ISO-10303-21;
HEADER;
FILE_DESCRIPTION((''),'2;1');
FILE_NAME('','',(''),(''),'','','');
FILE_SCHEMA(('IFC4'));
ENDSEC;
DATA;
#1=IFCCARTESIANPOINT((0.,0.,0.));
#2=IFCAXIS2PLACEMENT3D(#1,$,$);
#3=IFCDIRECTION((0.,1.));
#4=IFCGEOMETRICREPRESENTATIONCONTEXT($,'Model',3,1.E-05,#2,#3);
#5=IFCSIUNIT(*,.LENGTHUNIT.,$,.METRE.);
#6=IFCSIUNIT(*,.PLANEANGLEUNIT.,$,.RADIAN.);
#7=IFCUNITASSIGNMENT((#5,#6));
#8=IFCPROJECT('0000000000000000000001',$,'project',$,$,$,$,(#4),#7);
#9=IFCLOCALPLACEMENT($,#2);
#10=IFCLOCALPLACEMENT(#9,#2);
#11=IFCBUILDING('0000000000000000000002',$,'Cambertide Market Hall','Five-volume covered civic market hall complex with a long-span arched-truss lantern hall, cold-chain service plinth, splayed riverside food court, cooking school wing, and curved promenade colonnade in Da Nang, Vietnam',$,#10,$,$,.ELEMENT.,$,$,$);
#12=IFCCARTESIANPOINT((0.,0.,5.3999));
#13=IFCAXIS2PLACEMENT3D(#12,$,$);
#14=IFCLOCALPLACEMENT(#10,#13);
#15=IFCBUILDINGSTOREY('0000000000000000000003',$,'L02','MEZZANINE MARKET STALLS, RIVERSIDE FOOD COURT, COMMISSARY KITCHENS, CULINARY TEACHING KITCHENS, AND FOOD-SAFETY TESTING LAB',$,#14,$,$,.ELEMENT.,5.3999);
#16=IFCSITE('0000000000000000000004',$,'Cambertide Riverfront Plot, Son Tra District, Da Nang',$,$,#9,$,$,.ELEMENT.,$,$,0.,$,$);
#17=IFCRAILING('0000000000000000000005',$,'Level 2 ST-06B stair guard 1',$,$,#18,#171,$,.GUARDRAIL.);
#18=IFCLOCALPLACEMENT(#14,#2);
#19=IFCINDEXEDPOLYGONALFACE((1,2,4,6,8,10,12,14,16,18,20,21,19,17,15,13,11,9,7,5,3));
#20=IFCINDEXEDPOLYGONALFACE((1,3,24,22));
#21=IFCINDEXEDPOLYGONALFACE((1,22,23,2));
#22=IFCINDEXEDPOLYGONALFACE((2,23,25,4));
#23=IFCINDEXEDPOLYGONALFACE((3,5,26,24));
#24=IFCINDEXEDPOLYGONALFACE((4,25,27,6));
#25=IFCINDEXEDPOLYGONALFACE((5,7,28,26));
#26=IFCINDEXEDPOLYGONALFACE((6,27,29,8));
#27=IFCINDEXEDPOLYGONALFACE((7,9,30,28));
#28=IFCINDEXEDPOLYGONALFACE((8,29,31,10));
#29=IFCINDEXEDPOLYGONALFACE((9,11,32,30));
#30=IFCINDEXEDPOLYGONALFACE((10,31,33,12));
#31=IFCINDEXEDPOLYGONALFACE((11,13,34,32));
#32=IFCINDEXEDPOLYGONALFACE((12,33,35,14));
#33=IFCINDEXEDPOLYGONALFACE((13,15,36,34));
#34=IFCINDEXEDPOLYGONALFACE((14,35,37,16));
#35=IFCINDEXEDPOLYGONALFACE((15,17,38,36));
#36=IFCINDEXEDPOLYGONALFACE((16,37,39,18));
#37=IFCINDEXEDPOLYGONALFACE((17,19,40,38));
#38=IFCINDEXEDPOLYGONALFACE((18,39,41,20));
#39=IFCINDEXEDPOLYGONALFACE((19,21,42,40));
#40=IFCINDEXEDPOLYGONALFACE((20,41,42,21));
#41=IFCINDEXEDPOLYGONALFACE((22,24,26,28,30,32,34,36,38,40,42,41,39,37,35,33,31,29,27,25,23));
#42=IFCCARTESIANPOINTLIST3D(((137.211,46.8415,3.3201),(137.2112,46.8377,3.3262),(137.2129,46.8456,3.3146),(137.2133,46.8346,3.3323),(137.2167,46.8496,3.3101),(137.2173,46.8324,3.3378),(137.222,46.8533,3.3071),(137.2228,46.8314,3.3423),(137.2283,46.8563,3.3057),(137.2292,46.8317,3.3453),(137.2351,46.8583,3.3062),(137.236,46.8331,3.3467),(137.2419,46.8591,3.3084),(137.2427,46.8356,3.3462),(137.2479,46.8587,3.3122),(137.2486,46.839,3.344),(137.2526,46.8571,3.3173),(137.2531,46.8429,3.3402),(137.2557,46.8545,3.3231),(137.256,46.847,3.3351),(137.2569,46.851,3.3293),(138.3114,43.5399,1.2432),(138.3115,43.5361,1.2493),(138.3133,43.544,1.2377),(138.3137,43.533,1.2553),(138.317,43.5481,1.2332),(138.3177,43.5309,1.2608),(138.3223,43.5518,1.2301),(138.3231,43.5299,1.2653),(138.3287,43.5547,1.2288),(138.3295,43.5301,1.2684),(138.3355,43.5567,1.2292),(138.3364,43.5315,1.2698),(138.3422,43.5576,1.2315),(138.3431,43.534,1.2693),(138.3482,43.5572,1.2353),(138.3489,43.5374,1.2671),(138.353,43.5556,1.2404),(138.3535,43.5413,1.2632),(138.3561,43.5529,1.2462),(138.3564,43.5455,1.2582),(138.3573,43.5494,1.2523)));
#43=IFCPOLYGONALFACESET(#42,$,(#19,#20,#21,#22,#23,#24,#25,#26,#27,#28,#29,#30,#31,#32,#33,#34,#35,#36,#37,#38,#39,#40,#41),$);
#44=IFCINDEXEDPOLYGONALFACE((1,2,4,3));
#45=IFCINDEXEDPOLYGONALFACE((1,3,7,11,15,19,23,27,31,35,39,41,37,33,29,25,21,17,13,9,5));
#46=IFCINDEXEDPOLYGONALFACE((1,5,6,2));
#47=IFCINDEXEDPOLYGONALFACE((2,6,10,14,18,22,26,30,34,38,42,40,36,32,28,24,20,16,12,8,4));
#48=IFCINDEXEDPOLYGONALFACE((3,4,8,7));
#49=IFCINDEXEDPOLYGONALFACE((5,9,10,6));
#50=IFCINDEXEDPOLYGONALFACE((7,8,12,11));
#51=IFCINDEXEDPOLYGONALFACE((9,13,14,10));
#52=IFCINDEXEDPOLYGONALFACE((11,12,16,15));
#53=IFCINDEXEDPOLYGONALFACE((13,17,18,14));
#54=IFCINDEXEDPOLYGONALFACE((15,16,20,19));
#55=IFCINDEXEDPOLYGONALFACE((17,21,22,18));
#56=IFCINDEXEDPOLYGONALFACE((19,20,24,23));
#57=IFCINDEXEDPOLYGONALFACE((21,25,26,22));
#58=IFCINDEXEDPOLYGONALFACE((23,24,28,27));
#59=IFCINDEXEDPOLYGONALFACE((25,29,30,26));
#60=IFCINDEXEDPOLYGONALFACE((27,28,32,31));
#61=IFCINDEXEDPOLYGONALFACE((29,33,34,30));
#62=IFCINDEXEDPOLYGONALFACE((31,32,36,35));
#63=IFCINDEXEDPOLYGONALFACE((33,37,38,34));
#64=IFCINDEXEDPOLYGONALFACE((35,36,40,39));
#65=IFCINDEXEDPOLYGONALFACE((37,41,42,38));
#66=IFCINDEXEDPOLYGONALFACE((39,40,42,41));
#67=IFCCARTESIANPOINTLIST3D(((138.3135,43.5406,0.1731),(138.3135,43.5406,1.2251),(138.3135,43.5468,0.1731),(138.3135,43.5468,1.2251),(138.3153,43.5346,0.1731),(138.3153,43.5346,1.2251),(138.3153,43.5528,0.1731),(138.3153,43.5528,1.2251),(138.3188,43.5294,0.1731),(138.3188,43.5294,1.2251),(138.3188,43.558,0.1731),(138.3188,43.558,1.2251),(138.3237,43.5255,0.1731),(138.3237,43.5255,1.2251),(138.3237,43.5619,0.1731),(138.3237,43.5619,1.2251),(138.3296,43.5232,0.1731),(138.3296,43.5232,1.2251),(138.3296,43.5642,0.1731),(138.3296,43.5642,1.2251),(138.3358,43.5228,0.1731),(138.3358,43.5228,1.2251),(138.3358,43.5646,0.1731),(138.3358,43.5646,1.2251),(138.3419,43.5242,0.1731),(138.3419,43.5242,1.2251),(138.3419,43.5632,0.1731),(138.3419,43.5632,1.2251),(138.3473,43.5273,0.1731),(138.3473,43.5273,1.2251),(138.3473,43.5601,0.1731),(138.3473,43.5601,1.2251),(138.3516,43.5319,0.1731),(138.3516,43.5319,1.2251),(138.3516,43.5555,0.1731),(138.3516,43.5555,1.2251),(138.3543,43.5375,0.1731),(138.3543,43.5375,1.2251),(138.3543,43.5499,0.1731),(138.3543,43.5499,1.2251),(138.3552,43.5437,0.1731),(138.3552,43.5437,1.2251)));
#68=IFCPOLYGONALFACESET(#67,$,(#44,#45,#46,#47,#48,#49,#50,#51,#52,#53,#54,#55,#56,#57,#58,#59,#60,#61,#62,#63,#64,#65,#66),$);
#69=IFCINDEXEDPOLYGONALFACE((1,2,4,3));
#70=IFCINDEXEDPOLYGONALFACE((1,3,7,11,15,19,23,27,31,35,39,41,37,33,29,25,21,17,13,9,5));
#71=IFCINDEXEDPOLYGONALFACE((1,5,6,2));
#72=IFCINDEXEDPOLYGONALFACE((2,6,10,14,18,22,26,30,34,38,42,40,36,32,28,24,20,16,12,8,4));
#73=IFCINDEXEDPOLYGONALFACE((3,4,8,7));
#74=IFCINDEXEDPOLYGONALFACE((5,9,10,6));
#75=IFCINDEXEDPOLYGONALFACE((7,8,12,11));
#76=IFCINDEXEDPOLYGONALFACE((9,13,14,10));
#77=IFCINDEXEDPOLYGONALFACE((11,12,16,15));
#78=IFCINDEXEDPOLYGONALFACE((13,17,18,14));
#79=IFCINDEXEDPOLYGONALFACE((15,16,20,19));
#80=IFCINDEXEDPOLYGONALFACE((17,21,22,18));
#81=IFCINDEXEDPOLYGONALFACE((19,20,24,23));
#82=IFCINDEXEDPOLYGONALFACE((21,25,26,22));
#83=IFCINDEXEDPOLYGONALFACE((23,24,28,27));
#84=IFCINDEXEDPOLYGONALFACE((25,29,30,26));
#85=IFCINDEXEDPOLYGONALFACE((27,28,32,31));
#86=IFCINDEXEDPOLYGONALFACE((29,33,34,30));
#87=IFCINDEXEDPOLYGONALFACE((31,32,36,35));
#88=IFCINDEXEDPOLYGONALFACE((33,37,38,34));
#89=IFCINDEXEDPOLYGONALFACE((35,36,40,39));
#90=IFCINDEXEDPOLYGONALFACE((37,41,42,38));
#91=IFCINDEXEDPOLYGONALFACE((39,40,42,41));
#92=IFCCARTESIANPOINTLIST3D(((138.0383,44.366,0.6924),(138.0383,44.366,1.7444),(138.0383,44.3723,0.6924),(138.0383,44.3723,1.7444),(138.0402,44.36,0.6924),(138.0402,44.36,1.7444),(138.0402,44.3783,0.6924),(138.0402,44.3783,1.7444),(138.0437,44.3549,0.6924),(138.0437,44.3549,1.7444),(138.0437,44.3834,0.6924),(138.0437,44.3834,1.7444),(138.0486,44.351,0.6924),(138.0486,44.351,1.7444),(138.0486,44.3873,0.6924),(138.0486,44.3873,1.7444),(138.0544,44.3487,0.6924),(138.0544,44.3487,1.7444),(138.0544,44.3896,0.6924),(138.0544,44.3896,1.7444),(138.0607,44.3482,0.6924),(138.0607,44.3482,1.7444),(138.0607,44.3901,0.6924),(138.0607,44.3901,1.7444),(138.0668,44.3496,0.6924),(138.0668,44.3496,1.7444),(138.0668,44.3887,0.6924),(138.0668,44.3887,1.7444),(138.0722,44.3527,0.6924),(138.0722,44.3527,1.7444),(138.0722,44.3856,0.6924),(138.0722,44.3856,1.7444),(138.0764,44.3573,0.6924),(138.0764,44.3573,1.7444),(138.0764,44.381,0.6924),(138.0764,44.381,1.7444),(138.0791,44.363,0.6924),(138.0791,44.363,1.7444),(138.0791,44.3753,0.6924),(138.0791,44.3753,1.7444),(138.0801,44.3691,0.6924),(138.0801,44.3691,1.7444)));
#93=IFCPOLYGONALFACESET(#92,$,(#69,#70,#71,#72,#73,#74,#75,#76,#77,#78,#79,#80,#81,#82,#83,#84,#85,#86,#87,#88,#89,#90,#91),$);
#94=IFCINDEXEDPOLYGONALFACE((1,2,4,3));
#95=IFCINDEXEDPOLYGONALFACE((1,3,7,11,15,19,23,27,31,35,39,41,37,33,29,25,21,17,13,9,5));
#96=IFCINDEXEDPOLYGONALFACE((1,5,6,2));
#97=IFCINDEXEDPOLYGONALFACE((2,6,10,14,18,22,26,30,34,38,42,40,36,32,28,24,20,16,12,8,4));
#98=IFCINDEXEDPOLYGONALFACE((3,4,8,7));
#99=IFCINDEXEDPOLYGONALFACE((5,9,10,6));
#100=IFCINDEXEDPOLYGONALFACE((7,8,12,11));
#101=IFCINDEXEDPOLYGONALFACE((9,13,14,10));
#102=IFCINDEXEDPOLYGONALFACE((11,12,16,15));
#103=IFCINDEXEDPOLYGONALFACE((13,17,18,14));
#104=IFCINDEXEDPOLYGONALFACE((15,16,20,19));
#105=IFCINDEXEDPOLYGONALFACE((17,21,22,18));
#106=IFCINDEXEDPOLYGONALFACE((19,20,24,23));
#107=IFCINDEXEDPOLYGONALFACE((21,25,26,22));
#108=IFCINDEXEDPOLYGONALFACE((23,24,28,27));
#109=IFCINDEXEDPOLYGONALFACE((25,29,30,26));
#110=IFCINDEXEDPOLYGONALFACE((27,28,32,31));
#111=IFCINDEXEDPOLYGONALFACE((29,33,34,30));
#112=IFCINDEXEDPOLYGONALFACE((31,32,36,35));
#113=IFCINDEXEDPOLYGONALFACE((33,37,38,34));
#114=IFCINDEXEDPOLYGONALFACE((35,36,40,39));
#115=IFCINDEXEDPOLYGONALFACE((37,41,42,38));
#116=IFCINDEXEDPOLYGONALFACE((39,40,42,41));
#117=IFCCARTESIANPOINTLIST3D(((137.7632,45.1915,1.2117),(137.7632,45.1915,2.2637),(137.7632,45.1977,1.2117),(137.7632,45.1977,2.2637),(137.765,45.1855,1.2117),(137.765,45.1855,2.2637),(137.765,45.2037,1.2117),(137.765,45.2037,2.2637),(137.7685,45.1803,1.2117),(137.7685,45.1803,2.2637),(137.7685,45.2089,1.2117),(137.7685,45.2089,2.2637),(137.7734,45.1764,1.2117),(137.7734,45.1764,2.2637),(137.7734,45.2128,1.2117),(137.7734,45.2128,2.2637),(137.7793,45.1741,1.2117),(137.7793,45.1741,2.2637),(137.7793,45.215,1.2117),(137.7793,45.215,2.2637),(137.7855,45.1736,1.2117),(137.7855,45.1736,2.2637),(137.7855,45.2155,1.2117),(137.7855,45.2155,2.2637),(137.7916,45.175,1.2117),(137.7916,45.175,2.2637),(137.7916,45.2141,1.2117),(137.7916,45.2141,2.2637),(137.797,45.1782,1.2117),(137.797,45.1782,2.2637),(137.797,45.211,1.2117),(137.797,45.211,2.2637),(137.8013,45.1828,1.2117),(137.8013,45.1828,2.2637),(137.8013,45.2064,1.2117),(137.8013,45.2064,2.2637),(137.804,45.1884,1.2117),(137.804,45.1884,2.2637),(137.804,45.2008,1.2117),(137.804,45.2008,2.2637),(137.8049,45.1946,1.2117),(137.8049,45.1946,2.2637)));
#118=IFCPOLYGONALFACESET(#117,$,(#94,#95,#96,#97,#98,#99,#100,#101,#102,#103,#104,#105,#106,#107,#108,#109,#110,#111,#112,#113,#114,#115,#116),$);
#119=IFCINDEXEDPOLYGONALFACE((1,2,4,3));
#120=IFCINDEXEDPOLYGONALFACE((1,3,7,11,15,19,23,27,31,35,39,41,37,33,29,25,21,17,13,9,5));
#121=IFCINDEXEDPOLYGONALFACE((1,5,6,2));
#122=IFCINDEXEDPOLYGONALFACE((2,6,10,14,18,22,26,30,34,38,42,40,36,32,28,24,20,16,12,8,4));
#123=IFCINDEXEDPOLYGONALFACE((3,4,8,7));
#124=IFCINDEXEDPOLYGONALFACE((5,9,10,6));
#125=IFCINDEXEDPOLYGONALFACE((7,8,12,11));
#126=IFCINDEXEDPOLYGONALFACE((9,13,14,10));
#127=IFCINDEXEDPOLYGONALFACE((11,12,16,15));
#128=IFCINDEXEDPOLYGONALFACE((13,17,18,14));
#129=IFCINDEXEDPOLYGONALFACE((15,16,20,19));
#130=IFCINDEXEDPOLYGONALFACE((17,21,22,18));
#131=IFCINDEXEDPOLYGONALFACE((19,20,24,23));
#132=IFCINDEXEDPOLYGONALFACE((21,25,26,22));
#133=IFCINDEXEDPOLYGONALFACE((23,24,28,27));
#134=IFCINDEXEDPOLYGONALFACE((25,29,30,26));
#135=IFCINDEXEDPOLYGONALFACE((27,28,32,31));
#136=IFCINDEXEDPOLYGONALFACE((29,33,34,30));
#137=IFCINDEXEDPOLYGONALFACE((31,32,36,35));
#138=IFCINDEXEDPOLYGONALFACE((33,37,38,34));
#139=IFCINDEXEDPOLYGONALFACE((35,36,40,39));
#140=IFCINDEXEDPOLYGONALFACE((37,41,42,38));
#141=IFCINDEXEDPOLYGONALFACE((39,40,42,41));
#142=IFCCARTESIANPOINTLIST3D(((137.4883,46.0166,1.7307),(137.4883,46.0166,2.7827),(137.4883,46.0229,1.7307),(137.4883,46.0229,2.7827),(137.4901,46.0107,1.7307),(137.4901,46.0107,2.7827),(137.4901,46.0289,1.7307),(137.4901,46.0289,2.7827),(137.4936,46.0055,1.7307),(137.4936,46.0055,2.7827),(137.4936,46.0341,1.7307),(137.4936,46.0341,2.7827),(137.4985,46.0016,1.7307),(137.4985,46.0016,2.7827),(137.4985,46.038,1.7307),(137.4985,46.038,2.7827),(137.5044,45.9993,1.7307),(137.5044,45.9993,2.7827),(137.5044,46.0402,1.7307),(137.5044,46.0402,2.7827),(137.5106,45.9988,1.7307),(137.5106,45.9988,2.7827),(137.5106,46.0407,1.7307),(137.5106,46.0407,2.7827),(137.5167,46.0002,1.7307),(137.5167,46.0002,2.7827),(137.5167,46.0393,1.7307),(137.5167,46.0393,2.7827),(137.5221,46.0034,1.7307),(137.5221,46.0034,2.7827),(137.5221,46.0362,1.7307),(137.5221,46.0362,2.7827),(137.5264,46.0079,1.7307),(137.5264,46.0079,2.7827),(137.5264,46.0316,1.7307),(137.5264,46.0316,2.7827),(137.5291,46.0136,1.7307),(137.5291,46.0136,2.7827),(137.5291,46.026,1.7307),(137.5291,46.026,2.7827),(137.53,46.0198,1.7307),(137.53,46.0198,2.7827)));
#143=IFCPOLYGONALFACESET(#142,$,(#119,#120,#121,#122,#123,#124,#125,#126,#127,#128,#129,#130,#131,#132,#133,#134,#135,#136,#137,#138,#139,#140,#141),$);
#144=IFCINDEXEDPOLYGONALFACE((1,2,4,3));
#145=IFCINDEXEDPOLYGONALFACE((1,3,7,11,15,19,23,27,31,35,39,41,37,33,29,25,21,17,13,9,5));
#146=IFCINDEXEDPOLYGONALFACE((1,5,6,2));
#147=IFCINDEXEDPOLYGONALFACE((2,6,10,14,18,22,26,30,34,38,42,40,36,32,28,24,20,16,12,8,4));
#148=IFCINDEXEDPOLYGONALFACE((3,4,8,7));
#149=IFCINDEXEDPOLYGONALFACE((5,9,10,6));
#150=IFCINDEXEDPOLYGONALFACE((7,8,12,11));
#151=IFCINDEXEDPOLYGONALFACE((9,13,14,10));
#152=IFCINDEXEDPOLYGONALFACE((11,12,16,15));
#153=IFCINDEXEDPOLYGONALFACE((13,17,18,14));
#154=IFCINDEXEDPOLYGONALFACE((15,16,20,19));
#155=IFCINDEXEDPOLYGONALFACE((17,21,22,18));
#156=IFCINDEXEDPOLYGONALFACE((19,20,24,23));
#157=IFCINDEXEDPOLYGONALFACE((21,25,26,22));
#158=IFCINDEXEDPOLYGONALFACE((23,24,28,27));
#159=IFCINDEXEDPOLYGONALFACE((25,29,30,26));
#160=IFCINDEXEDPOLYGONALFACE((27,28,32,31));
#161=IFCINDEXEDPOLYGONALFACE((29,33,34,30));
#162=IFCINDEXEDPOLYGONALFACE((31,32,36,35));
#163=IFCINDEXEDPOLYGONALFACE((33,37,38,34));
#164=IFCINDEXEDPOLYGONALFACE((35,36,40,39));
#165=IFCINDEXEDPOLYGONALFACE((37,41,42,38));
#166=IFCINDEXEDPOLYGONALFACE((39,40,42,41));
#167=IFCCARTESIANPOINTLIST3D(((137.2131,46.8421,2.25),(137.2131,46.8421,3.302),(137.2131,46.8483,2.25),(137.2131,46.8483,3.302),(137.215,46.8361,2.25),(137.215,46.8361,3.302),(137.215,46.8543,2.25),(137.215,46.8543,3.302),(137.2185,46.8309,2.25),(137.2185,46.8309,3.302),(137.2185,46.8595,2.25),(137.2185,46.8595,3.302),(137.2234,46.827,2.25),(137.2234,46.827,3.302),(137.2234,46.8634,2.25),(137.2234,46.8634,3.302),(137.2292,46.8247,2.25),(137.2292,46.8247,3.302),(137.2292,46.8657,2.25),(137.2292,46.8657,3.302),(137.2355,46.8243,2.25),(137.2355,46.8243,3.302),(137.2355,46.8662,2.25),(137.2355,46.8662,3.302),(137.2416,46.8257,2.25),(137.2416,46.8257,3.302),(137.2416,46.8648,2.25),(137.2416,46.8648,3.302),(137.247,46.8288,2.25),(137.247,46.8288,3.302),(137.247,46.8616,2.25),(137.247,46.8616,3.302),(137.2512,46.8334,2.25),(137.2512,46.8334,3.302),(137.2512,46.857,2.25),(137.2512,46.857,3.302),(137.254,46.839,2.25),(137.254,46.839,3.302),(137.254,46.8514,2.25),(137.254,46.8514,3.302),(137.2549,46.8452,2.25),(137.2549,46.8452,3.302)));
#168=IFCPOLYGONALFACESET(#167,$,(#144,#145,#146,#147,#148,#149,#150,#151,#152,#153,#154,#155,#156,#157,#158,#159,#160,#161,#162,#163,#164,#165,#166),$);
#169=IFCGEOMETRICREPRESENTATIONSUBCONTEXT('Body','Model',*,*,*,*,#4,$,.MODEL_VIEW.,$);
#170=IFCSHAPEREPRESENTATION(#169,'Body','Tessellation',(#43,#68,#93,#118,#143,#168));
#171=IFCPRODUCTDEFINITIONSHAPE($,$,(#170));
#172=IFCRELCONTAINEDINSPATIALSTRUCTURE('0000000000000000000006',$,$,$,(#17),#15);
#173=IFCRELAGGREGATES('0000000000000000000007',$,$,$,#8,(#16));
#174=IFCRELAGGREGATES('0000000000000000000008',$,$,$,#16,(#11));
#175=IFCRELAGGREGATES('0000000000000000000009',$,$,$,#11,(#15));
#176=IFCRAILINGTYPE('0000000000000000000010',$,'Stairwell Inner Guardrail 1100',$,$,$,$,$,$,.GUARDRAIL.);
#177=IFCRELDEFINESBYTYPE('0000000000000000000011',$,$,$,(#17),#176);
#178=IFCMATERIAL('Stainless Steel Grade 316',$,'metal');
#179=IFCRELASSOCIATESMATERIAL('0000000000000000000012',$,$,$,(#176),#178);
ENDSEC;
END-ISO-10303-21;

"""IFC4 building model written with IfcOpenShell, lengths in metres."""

from ifc_helpers import new_model, si_unit, direction, frame, origin, origin_2d, place, context, subcontext, project, spatial, circle, extrude, material, type_object, element, save


model = new_model("IFC4")

# Units and contexts
model_context = context("Model", 3, precision=1e-05, world=origin(), true_north=direction((0.0, 1.0)))
body_context = subcontext(model_context, "Body", "Model", "MODEL_VIEW")
ifc_project = project(units=[si_unit("LENGTHUNIT", "METRE"), si_unit("PLANEANGLEUNIT", "RADIAN")], contexts=[model_context])

# Site, building, storey
site_placement = place(None, origin())
site = spatial("IfcSite", under=ifc_project, at=site_placement, Name="Cambertide Riverfront Plot, Son Tra District, Da Nang", CompositionType="ELEMENT", RefElevation=0.0)
building_placement = place(site_placement, origin())
building = spatial("IfcBuilding", under=site, at=building_placement, Name="Cambertide Market Hall", Description="Five-volume covered civic market hall complex with a long-span arched-truss lantern hall, cold-chain service plinth, splayed riverside food court, cooking school wing, and curved promenade colonnade in Da Nang, Vietnam", CompositionType="ELEMENT")
storey_placement = place(building_placement, frame((0.0, 0.0, 5.3999)))
storey = spatial("IfcBuildingStorey", under=building, at=storey_placement, Name="L02", Description="MEZZANINE MARKET STALLS, RIVERSIDE FOOD COURT, COMMISSARY KITCHENS, CULINARY TEACHING KITCHENS, AND FOOD-SAFETY TESTING LAB", CompositionType="ELEMENT", Elevation=5.3999)

# Railing
ifc_material_1 = material(Name="Stainless Steel Grade 316", Category="metal")
railing_type_1 = type_object("IfcRailingType", Name="Stairwell Inner Guardrail 1100", PredefinedType="GUARDRAIL", material=ifc_material_1)
railing_1_placement = place(storey_placement, frame((138.3342, 43.5437, 0.1731)))
element("IfcRailing", 1, at=railing_1_placement, inside=storey, type_object=railing_type_1, Name="Level 2 ST-06B stair guard 1", PredefinedType="GUARDRAIL", context=body_context, shape_type="SweptSolid", body=[
    extrude(circle(Radius=0.0239, at=origin_2d()), frame((0.0, 0.0, 1.0762), z_axis=(-0.271509, 0.814648, 0.512476), x_axis=(-0.948697, -0.316186, 0.0)), (0.0, 0.0, 1.0), 4.0527),
    extrude(circle(Radius=0.021, at=origin_2d()), origin(), (0.0, 0.0, 1.0), 1.052),
    extrude(circle(Radius=0.021, at=origin_2d()), frame((-0.2751, 0.8254, 0.5193)), (0.0, 0.0, 1.0), 1.052),
    extrude(circle(Radius=0.021, at=origin_2d()), frame((-0.5503, 1.6509, 1.0386)), (0.0, 0.0, 1.0), 1.052),
    extrude(circle(Radius=0.021, at=origin_2d()), frame((-0.8252, 2.4761, 1.5576)), (0.0, 0.0, 1.0), 1.052),
    extrude(circle(Radius=0.021, at=origin_2d()), frame((-1.1003, 3.3015, 2.0769)), (0.0, 0.0, 1.0), 1.052),
])

save(model, "model.ifc")
